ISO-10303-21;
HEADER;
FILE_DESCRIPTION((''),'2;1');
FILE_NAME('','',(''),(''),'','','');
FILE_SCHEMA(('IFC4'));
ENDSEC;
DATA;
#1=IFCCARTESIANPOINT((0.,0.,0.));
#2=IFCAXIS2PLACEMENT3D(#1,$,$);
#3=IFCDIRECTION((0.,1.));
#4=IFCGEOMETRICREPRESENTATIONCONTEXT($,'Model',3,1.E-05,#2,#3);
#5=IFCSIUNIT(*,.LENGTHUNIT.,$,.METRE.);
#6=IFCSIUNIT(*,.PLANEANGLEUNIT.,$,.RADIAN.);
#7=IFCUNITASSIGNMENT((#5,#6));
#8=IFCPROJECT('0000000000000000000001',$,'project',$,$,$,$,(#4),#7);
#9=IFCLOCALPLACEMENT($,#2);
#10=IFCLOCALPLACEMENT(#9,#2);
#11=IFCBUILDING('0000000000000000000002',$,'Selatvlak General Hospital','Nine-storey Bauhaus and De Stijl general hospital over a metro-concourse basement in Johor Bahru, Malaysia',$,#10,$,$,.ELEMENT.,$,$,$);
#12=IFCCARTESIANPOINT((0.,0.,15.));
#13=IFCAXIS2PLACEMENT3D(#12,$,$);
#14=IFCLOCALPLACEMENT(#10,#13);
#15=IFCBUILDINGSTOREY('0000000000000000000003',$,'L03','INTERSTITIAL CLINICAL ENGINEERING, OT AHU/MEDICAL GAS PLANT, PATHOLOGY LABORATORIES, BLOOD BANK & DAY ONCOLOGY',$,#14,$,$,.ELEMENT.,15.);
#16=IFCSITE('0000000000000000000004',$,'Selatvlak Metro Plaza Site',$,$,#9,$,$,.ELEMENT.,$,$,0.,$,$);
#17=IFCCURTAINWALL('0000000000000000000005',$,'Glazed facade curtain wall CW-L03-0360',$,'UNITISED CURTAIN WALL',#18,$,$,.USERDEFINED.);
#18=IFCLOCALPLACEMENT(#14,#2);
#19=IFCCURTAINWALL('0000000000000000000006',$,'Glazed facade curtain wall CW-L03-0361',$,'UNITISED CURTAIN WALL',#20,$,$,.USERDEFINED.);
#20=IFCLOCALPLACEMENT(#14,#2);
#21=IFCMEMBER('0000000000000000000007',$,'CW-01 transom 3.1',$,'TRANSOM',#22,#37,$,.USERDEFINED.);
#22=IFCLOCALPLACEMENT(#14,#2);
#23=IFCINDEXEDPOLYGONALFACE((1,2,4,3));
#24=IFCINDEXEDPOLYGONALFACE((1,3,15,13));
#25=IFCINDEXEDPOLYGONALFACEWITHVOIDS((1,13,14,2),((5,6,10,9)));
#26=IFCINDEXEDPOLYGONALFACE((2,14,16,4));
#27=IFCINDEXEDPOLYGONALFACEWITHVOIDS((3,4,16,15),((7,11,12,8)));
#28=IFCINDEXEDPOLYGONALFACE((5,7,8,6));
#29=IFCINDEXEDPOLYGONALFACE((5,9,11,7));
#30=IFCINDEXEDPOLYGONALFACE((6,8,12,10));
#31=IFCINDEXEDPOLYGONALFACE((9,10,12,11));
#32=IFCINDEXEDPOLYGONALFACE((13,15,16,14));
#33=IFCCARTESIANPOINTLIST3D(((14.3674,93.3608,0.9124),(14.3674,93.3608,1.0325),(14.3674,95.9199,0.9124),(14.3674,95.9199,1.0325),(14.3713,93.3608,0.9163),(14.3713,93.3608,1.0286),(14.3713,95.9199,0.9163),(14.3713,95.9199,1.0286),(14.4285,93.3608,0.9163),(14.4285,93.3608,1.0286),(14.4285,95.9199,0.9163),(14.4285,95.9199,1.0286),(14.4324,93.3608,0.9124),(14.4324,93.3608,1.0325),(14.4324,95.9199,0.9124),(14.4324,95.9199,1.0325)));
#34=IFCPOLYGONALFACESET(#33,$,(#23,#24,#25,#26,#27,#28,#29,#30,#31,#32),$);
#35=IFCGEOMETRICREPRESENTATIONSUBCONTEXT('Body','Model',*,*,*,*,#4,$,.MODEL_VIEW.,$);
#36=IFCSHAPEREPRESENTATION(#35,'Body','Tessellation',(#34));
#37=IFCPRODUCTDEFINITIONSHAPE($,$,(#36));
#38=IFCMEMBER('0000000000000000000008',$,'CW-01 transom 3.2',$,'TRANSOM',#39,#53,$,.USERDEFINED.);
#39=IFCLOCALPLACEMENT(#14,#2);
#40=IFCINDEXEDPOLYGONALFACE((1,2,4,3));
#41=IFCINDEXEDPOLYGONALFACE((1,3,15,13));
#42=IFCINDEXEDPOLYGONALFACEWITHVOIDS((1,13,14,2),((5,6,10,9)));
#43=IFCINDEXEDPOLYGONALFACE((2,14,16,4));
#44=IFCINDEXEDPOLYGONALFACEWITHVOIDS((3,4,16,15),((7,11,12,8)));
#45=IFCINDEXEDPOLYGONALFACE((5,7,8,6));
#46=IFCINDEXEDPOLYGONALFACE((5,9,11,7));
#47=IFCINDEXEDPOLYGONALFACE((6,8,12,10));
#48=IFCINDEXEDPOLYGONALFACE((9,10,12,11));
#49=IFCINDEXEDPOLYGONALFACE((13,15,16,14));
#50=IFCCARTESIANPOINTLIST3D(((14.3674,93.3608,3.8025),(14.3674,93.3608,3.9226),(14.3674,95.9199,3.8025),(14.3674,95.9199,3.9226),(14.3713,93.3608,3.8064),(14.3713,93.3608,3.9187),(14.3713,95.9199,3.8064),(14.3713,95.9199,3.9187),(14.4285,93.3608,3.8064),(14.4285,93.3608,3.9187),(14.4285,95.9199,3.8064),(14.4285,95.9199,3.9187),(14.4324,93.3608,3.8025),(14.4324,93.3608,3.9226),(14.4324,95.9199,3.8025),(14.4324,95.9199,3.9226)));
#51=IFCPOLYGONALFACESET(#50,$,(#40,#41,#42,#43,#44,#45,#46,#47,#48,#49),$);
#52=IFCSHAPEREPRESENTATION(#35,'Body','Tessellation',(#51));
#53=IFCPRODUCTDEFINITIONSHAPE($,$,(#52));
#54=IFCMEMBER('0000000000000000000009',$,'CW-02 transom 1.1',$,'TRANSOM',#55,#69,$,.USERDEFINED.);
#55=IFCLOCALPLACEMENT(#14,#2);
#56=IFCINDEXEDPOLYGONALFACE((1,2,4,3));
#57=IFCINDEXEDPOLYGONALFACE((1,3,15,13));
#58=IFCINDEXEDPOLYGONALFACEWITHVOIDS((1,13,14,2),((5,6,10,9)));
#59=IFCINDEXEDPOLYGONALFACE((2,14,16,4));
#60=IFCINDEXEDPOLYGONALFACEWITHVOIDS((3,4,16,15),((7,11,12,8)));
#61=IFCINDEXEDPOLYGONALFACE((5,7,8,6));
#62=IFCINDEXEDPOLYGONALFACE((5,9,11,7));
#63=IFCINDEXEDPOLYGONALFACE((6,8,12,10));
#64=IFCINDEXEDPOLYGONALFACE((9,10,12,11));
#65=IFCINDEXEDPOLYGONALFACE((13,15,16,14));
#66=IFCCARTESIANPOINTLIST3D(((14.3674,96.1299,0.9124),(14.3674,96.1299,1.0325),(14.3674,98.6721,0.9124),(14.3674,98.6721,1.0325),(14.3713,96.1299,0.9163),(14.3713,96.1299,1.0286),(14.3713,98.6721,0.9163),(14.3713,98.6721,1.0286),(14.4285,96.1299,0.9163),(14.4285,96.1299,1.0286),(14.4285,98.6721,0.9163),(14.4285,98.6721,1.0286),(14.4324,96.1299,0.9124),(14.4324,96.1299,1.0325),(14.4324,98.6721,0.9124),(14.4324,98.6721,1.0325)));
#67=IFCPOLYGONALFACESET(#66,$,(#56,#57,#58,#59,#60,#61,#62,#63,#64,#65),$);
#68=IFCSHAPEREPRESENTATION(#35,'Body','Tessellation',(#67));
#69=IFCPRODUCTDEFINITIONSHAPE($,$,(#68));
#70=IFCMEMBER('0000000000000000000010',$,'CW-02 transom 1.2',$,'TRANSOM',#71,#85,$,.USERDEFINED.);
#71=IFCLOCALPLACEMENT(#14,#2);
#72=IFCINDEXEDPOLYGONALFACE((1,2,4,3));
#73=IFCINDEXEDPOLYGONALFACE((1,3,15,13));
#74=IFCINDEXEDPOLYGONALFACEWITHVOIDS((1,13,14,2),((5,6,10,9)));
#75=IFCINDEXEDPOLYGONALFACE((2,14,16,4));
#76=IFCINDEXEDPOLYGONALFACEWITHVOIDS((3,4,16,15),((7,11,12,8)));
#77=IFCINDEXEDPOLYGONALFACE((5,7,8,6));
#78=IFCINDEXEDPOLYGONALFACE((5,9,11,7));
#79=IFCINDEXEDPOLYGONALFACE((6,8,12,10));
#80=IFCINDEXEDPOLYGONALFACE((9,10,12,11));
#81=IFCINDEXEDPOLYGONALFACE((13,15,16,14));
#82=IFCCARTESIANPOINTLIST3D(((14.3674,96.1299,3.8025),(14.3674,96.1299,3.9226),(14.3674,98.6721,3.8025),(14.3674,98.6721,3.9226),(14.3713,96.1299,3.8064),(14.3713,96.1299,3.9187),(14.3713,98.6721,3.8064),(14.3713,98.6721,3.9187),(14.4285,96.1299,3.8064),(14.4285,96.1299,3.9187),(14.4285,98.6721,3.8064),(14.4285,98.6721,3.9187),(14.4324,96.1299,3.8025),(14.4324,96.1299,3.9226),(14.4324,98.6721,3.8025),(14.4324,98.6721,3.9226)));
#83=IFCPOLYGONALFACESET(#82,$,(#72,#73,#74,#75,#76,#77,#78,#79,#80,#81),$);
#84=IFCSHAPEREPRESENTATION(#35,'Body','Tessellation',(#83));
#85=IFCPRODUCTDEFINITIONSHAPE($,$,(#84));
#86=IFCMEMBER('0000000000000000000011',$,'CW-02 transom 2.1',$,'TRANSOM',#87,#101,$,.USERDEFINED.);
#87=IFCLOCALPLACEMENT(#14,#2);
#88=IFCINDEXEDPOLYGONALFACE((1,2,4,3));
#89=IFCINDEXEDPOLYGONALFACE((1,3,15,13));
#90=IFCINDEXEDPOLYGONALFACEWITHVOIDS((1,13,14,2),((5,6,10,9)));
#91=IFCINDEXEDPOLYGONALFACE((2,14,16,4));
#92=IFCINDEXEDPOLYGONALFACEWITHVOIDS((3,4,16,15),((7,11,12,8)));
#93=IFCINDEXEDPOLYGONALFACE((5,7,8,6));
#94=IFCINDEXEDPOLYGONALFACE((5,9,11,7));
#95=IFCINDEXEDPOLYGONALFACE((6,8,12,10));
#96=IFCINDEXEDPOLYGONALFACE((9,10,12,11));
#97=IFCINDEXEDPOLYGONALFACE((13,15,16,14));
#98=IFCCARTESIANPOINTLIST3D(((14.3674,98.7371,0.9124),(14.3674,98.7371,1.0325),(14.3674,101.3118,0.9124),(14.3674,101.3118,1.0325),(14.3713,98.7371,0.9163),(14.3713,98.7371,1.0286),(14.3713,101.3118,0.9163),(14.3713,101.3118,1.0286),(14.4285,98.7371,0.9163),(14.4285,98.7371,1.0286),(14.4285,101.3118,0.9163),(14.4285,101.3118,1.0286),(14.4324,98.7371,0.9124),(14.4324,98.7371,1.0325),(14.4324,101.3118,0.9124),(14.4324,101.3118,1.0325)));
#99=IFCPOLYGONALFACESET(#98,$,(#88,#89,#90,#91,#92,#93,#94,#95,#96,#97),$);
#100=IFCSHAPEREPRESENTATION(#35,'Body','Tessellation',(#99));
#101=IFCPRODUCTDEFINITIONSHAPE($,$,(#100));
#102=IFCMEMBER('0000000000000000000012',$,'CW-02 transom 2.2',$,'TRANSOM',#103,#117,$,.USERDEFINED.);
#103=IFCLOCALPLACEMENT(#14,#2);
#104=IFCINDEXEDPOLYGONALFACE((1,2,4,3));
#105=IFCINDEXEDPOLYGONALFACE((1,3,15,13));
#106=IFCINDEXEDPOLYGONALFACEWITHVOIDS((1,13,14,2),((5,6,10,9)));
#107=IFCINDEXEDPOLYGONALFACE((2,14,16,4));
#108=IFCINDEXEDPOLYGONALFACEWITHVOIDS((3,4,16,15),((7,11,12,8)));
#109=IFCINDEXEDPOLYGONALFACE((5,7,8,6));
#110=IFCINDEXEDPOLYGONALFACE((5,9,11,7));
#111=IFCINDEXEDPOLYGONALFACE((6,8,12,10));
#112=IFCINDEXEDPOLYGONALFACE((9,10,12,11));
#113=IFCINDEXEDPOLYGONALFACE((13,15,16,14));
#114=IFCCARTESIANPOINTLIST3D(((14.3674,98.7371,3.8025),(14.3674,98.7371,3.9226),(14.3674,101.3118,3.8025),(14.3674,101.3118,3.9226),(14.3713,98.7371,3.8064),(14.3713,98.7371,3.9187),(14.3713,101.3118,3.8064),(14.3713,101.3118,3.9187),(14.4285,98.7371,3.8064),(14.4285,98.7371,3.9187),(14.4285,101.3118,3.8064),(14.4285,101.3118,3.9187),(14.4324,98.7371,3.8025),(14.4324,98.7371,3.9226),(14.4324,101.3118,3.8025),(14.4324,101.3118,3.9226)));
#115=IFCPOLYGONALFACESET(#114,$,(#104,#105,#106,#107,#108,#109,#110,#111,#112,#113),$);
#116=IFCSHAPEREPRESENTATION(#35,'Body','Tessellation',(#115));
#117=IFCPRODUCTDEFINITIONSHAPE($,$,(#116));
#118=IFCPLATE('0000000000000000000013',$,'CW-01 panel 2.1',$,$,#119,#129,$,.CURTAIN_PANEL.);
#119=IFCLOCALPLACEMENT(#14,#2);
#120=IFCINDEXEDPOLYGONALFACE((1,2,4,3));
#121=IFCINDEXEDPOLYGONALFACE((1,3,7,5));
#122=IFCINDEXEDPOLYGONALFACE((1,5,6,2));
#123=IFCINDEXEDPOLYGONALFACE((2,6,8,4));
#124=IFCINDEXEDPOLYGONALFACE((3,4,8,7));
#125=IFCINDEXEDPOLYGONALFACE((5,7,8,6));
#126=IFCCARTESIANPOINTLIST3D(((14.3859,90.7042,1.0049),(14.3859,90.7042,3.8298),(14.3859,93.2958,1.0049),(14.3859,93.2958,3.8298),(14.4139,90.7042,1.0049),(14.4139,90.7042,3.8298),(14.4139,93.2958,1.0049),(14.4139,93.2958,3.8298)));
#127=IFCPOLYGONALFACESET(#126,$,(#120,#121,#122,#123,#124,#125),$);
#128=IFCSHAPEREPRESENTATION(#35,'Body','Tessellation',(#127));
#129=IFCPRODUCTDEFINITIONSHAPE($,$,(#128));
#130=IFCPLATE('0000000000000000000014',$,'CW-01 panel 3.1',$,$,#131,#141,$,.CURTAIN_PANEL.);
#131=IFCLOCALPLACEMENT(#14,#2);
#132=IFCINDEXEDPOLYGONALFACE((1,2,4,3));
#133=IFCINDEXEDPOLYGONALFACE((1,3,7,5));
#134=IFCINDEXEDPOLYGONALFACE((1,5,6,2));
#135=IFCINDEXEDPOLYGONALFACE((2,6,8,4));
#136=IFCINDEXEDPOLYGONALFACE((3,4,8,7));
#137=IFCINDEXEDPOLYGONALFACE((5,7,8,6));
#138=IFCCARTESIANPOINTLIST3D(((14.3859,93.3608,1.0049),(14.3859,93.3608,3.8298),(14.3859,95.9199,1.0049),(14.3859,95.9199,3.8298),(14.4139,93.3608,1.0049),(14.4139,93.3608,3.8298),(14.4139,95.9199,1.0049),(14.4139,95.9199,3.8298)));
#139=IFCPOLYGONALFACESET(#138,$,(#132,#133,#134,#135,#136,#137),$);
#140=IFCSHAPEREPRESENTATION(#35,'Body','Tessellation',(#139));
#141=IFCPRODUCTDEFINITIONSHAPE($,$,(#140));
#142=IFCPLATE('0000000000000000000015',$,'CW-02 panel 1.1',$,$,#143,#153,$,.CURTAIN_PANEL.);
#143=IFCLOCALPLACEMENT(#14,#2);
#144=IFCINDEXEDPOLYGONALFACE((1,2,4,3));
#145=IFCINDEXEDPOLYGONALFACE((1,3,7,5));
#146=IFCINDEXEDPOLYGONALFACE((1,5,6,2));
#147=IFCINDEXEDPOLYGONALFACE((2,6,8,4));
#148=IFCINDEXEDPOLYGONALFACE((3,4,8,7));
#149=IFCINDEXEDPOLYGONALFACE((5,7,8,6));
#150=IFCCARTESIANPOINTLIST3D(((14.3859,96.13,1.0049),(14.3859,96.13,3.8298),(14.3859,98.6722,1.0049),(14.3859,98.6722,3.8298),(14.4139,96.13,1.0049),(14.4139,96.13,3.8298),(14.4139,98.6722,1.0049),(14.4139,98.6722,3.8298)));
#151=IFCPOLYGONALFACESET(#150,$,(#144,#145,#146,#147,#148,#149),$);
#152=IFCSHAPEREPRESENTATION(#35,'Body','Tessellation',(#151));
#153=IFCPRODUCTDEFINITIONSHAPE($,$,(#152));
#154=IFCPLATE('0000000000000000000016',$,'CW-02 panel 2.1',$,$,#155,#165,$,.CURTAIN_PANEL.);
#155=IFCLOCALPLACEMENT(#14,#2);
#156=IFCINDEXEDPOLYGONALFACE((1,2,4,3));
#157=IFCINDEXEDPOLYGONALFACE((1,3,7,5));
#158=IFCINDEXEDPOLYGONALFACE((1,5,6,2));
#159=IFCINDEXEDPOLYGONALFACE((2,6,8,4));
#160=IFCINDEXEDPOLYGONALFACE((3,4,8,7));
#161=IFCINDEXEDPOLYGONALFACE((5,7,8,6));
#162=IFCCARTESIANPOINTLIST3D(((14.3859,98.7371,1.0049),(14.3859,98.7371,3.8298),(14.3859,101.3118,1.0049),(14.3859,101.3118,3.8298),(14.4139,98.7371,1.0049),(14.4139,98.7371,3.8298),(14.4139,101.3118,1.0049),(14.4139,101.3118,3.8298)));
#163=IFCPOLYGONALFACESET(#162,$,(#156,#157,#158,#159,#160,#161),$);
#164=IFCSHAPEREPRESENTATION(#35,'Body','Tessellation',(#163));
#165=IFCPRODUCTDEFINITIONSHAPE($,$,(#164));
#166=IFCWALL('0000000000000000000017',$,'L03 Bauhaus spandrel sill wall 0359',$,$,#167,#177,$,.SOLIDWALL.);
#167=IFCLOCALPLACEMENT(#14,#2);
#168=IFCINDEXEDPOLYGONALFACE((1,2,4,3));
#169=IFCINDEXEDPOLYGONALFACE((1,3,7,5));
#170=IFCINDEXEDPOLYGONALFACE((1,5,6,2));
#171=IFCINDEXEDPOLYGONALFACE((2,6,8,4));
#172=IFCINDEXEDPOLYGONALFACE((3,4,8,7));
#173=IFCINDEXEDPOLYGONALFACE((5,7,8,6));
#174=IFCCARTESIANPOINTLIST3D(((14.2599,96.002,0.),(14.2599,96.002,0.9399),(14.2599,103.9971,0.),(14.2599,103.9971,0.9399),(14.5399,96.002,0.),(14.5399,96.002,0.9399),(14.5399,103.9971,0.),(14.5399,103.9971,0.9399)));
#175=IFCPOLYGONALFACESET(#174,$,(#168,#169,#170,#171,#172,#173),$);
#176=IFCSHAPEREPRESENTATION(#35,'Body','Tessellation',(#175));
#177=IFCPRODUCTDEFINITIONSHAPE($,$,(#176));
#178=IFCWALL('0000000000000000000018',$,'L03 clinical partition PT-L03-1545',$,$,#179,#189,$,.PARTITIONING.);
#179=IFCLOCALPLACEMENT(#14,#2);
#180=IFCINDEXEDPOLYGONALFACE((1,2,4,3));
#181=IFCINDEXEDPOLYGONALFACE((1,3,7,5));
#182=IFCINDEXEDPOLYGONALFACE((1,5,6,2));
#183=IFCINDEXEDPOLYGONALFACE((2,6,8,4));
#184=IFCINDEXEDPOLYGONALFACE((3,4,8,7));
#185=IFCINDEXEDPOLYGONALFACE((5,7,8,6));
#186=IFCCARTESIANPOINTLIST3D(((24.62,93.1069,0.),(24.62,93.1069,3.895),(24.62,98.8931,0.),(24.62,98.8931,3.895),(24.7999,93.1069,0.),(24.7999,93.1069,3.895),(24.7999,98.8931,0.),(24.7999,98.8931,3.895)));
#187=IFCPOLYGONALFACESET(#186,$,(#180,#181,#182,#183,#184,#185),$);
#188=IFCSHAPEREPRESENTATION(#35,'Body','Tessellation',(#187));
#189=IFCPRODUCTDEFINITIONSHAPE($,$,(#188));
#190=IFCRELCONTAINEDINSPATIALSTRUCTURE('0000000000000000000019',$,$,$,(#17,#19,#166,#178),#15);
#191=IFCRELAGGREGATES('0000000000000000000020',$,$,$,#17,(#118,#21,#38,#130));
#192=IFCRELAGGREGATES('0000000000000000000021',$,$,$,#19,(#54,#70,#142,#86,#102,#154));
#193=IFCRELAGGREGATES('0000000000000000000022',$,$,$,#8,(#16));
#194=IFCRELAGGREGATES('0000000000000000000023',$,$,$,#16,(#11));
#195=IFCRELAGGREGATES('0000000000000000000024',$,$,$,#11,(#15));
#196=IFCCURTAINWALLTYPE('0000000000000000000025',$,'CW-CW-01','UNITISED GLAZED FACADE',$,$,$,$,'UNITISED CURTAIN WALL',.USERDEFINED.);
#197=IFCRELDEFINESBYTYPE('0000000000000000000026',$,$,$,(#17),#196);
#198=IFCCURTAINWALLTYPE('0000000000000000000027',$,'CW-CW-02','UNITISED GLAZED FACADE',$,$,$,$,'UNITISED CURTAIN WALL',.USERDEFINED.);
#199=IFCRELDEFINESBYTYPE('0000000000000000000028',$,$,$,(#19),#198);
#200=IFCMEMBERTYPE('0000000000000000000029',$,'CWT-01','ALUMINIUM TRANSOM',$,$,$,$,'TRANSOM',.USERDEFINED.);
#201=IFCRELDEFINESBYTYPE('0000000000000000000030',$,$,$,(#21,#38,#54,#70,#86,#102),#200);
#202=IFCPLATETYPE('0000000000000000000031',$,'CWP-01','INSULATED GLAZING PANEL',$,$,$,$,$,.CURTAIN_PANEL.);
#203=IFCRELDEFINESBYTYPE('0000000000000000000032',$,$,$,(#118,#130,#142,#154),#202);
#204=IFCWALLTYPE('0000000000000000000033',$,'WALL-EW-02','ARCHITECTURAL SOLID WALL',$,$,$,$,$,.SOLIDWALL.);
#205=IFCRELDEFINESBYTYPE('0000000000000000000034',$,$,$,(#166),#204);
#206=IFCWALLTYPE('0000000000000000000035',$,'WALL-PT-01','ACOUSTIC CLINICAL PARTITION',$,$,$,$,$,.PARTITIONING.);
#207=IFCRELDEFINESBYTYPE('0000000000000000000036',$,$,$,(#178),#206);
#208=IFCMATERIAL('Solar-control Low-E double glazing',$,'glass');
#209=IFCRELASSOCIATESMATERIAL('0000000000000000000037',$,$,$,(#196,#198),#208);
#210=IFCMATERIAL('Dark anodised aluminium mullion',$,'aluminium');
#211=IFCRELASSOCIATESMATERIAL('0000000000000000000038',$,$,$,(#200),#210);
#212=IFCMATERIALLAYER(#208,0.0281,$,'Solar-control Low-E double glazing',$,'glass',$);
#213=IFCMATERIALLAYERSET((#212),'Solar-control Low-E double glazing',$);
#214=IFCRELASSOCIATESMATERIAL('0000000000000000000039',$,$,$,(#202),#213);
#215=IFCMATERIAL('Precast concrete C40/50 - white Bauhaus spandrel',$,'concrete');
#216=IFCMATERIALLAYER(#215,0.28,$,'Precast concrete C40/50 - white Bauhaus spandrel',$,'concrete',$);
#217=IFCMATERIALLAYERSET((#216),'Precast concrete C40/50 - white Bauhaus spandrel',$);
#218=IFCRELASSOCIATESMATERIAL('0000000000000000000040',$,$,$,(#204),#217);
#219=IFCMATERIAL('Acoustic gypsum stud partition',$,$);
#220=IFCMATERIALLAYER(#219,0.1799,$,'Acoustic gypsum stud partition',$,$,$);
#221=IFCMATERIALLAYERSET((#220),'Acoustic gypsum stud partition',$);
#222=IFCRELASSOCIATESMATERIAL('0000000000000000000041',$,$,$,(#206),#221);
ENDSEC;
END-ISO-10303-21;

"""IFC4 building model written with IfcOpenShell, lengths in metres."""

from ifc_helpers import new_model, si_unit, direction, frame, frame_2d, origin, origin_2d, place, context, subcontext, project, spatial, rectangle, hollow_rectangle, extrude, material, layer, layer_set, material_profile, profile_set, type_object, element, aggregate, save


model = new_model("IFC4")

# Units and contexts
model_context = context("Model", 3, precision=1e-05, world=origin(), true_north=direction((0.0, 1.0)))
body_context = subcontext(model_context, "Body", "Model", "MODEL_VIEW")
ifc_project = project(units=[si_unit("LENGTHUNIT", "METRE"), si_unit("PLANEANGLEUNIT", "RADIAN")], contexts=[model_context])

# Site, building, storey
site_placement = place(None, origin())
site = spatial("IfcSite", under=ifc_project, at=site_placement, Name="Selatvlak Metro Plaza Site", CompositionType="ELEMENT", RefElevation=0.0)
building_placement = place(site_placement, origin())
building = spatial("IfcBuilding", under=site, at=building_placement, Name="Selatvlak General Hospital", Description="Nine-storey Bauhaus and De Stijl general hospital over a metro-concourse basement in Johor Bahru, Malaysia", CompositionType="ELEMENT")
storey_placement = place(building_placement, frame((0.0, 0.0, 15.0)))
storey = spatial("IfcBuildingStorey", under=building, at=storey_placement, Name="L03", Description="INTERSTITIAL CLINICAL ENGINEERING, OT AHU/MEDICAL GAS PLANT, PATHOLOGY LABORATORIES, BLOOD BANK & DAY ONCOLOGY", CompositionType="ELEMENT", Elevation=15.0)

# Curtain walls
ifc_material_1 = material(Name="Solar-control Low-E double glazing", Category="glass")
curtain_wall_type_1 = type_object("IfcCurtainWallType", Name="CW-CW-01", Description="UNITISED GLAZED FACADE", ElementType="UNITISED CURTAIN WALL", PredefinedType="USERDEFINED", material=ifc_material_1)
curtain_wall_1_placement = place(storey_placement, origin())
curtain_wall_1 = element("IfcCurtainWall", 1, at=curtain_wall_1_placement, inside=storey, type_object=curtain_wall_type_1, Name="Glazed facade curtain wall CW-L03-0360", ObjectType="UNITISED CURTAIN WALL", PredefinedType="USERDEFINED")
ifc_material_2 = material(Name="Dark anodised aluminium mullion", Category="aluminium")
curtain_wall_type_2 = type_object("IfcCurtainWallType", Name="CW-CW-02", Description="UNITISED GLAZED FACADE", ElementType="UNITISED CURTAIN WALL", PredefinedType="USERDEFINED", material=ifc_material_1)
curtain_wall_2_placement = place(storey_placement, origin())
curtain_wall_2 = element("IfcCurtainWall", 2, at=curtain_wall_2_placement, inside=storey, type_object=curtain_wall_type_2, Name="Glazed facade curtain wall CW-L03-0361", ObjectType="UNITISED CURTAIN WALL", PredefinedType="USERDEFINED")

# Members
ifc_material_profile_1 = material_profile(ifc_material_2, hollow_rectangle(XDim=0.0649, YDim=0.1201, WallThickness=0.0039, at=origin_2d()), Name="AL-TRN 65x120x4")
ifc_profile_set_1 = profile_set([ifc_material_profile_1], Name="Dark anodised aluminium mullion")
member_type_1 = type_object("IfcMemberType", Name="CWT-01", Description="ALUMINIUM TRANSOM", ElementType="TRANSOM", PredefinedType="USERDEFINED", material=ifc_profile_set_1)
member_1_placement = place(storey_placement, frame((14.3999, 93.3608, 0.9724), z_axis=(0.0, 1.0, 0.0), x_axis=(-1.0, 0.0, 0.0)))
member_1 = element("IfcMember", 3, at=member_1_placement, type_object=member_type_1, Name="CW-01 transom 3.1", ObjectType="TRANSOM", PredefinedType="USERDEFINED", context=body_context, shape_type="SweptSolid", body=[
    extrude(hollow_rectangle(XDim=0.0649, YDim=0.1201, WallThickness=0.0039, at=origin_2d()), origin(), (0.0, 0.0, 1.0), 2.5591),
])
member_2_placement = place(storey_placement, frame((14.3999, 93.3608, 3.8625), z_axis=(0.0, 1.0, 0.0), x_axis=(-1.0, 0.0, 0.0)))
member_2 = element("IfcMember", 4, at=member_2_placement, type_object=member_type_1, Name="CW-01 transom 3.2", ObjectType="TRANSOM", PredefinedType="USERDEFINED", context=body_context, shape_type="SweptSolid", body=[
    extrude(hollow_rectangle(XDim=0.0649, YDim=0.1201, WallThickness=0.0039, at=origin_2d()), origin(), (0.0, 0.0, 1.0), 2.5591),
])
member_3_placement = place(storey_placement, frame((14.3999, 96.1299, 0.9724), z_axis=(0.0, 1.0, 0.0), x_axis=(-1.0, 0.0, 0.0)))
member_3 = element("IfcMember", 5, at=member_3_placement, type_object=member_type_1, Name="CW-02 transom 1.1", ObjectType="TRANSOM", PredefinedType="USERDEFINED", context=body_context, shape_type="SweptSolid", body=[
    extrude(hollow_rectangle(XDim=0.0649, YDim=0.1201, WallThickness=0.0039, at=origin_2d()), origin(), (0.0, 0.0, 1.0), 2.5422),
])
member_4_placement = place(storey_placement, frame((14.3999, 96.1299, 3.8625), z_axis=(0.0, 1.0, 0.0), x_axis=(-1.0, 0.0, 0.0)))
member_4 = element("IfcMember", 6, at=member_4_placement, type_object=member_type_1, Name="CW-02 transom 1.2", ObjectType="TRANSOM", PredefinedType="USERDEFINED", context=body_context, shape_type="SweptSolid", body=[
    extrude(hollow_rectangle(XDim=0.0649, YDim=0.1201, WallThickness=0.0039, at=origin_2d()), origin(), (0.0, 0.0, 1.0), 2.5422),
])
member_5_placement = place(storey_placement, frame((14.3999, 98.7371, 0.9724), z_axis=(0.0, 1.0, 0.0), x_axis=(-1.0, 0.0, 0.0)))
member_5 = element("IfcMember", 7, at=member_5_placement, type_object=member_type_1, Name="CW-02 transom 2.1", ObjectType="TRANSOM", PredefinedType="USERDEFINED", context=body_context, shape_type="SweptSolid", body=[
    extrude(hollow_rectangle(XDim=0.0649, YDim=0.1201, WallThickness=0.0039, at=origin_2d()), origin(), (0.0, 0.0, 1.0), 2.5747),
])
member_6_placement = place(storey_placement, frame((14.3999, 98.7371, 3.8625), z_axis=(0.0, 1.0, 0.0), x_axis=(-1.0, 0.0, 0.0)))
member_6 = element("IfcMember", 8, at=member_6_placement, type_object=member_type_1, Name="CW-02 transom 2.2", ObjectType="TRANSOM", PredefinedType="USERDEFINED", context=body_context, shape_type="SweptSolid", body=[
    extrude(hollow_rectangle(XDim=0.0649, YDim=0.1201, WallThickness=0.0039, at=origin_2d()), origin(), (0.0, 0.0, 1.0), 2.5747),
])

# Plates
ifc_layer_1 = layer(ifc_material_1, 0.0281, Name="Solar-control Low-E double glazing", Category="glass")
ifc_layer_set_1 = layer_set([ifc_layer_1], Name="Solar-control Low-E double glazing")
plate_type = type_object("IfcPlateType", Name="CWP-01", Description="INSULATED GLAZING PANEL", PredefinedType="CURTAIN_PANEL", material=ifc_layer_set_1)
plate_1_placement = place(storey_placement, frame((14.3999, 92.0, 1.0049), z_axis=(0.0, 0.0, 1.0), x_axis=(0.0, 1.0, 0.0)))
plate_1 = element("IfcPlate", 9, at=plate_1_placement, type_object=plate_type, Name="CW-01 panel 2.1", PredefinedType="CURTAIN_PANEL", context=body_context, shape_type="SweptSolid", body=[
    extrude(rectangle(XDim=2.5916, YDim=0.0281, at=origin_2d()), origin(), (0.0, 0.0, 1.0), 2.825),
])
plate_2_placement = place(storey_placement, frame((14.3999, 94.6404, 1.0049), z_axis=(0.0, 0.0, 1.0), x_axis=(0.0, 1.0, 0.0)))
plate_2 = element("IfcPlate", 10, at=plate_2_placement, type_object=plate_type, Name="CW-01 panel 3.1", PredefinedType="CURTAIN_PANEL", context=body_context, shape_type="SweptSolid", body=[
    extrude(rectangle(XDim=2.5591, YDim=0.0281, at=origin_2d()), origin(), (0.0, 0.0, 1.0), 2.825),
])
aggregate(curtain_wall_1, [plate_1, member_1, member_2, plate_2])
plate_3_placement = place(storey_placement, frame((14.3999, 97.4011, 1.0049), z_axis=(0.0, 0.0, 1.0), x_axis=(0.0, 1.0, 0.0)))
plate_3 = element("IfcPlate", 11, at=plate_3_placement, type_object=plate_type, Name="CW-02 panel 1.1", PredefinedType="CURTAIN_PANEL", context=body_context, shape_type="SweptSolid", body=[
    extrude(rectangle(XDim=2.5422, YDim=0.0281, at=origin_2d()), origin(), (0.0, 0.0, 1.0), 2.825),
])
plate_4_placement = place(storey_placement, frame((14.3999, 100.0244, 1.0049), z_axis=(0.0, 0.0, 1.0), x_axis=(0.0, 1.0, 0.0)))
plate_4 = element("IfcPlate", 12, at=plate_4_placement, type_object=plate_type, Name="CW-02 panel 2.1", PredefinedType="CURTAIN_PANEL", context=body_context, shape_type="SweptSolid", body=[
    extrude(rectangle(XDim=2.5747, YDim=0.0281, at=origin_2d()), origin(), (0.0, 0.0, 1.0), 2.825),
])
aggregate(curtain_wall_2, [member_3, member_4, plate_3, member_5, member_6, plate_4])

# Walls
ifc_material_3 = material(Name="Precast concrete C40/50 - white Bauhaus spandrel", Category="concrete")
ifc_layer_2 = layer(ifc_material_3, 0.28, Name="Precast concrete C40/50 - white Bauhaus spandrel", Category="concrete")
ifc_layer_set_2 = layer_set([ifc_layer_2], Name="Precast concrete C40/50 - white Bauhaus spandrel")
wall_type_1 = type_object("IfcWallType", Name="WALL-EW-02", Description="ARCHITECTURAL SOLID WALL", PredefinedType="SOLIDWALL", material=ifc_layer_set_2)
wall_1_placement = place(storey_placement, frame((14.3999, 96.002, 0.0), z_axis=(0.0, 0.0, 1.0), x_axis=(0.0, 1.0, 0.0)))
element("IfcWall", 13, at=wall_1_placement, inside=storey, type_object=wall_type_1, Name="L03 Bauhaus spandrel sill wall 0359", PredefinedType="SOLIDWALL", context=body_context, shape_type="SweptSolid", body=[
    extrude(rectangle(XDim=7.9951, YDim=0.28, at=frame_2d((3.9976, 0.0))), origin(), (0.0, 0.0, 1.0), 0.9399),
])
ifc_material_4 = material(Name="Acoustic gypsum stud partition")
ifc_layer_3 = layer(ifc_material_4, 0.1799, Name="Acoustic gypsum stud partition")
ifc_layer_set_3 = layer_set([ifc_layer_3], Name="Acoustic gypsum stud partition")
wall_type_2 = type_object("IfcWallType", Name="WALL-PT-01", Description="ACOUSTIC CLINICAL PARTITION", PredefinedType="PARTITIONING", material=ifc_layer_set_3)
wall_2_placement = place(storey_placement, frame((24.71, 93.1069, 0.0), z_axis=(0.0, 0.0, 1.0), x_axis=(0.0, 1.0, 0.0)))
element("IfcWall", 14, at=wall_2_placement, inside=storey, type_object=wall_type_2, Name="L03 clinical partition PT-L03-1545", PredefinedType="PARTITIONING", context=body_context, shape_type="SweptSolid", body=[
    extrude(rectangle(XDim=5.7861, YDim=0.1799, at=frame_2d((2.8931, 0.0))), origin(), (0.0, 0.0, 1.0), 3.895),
])

save(model, "model.ifc")
